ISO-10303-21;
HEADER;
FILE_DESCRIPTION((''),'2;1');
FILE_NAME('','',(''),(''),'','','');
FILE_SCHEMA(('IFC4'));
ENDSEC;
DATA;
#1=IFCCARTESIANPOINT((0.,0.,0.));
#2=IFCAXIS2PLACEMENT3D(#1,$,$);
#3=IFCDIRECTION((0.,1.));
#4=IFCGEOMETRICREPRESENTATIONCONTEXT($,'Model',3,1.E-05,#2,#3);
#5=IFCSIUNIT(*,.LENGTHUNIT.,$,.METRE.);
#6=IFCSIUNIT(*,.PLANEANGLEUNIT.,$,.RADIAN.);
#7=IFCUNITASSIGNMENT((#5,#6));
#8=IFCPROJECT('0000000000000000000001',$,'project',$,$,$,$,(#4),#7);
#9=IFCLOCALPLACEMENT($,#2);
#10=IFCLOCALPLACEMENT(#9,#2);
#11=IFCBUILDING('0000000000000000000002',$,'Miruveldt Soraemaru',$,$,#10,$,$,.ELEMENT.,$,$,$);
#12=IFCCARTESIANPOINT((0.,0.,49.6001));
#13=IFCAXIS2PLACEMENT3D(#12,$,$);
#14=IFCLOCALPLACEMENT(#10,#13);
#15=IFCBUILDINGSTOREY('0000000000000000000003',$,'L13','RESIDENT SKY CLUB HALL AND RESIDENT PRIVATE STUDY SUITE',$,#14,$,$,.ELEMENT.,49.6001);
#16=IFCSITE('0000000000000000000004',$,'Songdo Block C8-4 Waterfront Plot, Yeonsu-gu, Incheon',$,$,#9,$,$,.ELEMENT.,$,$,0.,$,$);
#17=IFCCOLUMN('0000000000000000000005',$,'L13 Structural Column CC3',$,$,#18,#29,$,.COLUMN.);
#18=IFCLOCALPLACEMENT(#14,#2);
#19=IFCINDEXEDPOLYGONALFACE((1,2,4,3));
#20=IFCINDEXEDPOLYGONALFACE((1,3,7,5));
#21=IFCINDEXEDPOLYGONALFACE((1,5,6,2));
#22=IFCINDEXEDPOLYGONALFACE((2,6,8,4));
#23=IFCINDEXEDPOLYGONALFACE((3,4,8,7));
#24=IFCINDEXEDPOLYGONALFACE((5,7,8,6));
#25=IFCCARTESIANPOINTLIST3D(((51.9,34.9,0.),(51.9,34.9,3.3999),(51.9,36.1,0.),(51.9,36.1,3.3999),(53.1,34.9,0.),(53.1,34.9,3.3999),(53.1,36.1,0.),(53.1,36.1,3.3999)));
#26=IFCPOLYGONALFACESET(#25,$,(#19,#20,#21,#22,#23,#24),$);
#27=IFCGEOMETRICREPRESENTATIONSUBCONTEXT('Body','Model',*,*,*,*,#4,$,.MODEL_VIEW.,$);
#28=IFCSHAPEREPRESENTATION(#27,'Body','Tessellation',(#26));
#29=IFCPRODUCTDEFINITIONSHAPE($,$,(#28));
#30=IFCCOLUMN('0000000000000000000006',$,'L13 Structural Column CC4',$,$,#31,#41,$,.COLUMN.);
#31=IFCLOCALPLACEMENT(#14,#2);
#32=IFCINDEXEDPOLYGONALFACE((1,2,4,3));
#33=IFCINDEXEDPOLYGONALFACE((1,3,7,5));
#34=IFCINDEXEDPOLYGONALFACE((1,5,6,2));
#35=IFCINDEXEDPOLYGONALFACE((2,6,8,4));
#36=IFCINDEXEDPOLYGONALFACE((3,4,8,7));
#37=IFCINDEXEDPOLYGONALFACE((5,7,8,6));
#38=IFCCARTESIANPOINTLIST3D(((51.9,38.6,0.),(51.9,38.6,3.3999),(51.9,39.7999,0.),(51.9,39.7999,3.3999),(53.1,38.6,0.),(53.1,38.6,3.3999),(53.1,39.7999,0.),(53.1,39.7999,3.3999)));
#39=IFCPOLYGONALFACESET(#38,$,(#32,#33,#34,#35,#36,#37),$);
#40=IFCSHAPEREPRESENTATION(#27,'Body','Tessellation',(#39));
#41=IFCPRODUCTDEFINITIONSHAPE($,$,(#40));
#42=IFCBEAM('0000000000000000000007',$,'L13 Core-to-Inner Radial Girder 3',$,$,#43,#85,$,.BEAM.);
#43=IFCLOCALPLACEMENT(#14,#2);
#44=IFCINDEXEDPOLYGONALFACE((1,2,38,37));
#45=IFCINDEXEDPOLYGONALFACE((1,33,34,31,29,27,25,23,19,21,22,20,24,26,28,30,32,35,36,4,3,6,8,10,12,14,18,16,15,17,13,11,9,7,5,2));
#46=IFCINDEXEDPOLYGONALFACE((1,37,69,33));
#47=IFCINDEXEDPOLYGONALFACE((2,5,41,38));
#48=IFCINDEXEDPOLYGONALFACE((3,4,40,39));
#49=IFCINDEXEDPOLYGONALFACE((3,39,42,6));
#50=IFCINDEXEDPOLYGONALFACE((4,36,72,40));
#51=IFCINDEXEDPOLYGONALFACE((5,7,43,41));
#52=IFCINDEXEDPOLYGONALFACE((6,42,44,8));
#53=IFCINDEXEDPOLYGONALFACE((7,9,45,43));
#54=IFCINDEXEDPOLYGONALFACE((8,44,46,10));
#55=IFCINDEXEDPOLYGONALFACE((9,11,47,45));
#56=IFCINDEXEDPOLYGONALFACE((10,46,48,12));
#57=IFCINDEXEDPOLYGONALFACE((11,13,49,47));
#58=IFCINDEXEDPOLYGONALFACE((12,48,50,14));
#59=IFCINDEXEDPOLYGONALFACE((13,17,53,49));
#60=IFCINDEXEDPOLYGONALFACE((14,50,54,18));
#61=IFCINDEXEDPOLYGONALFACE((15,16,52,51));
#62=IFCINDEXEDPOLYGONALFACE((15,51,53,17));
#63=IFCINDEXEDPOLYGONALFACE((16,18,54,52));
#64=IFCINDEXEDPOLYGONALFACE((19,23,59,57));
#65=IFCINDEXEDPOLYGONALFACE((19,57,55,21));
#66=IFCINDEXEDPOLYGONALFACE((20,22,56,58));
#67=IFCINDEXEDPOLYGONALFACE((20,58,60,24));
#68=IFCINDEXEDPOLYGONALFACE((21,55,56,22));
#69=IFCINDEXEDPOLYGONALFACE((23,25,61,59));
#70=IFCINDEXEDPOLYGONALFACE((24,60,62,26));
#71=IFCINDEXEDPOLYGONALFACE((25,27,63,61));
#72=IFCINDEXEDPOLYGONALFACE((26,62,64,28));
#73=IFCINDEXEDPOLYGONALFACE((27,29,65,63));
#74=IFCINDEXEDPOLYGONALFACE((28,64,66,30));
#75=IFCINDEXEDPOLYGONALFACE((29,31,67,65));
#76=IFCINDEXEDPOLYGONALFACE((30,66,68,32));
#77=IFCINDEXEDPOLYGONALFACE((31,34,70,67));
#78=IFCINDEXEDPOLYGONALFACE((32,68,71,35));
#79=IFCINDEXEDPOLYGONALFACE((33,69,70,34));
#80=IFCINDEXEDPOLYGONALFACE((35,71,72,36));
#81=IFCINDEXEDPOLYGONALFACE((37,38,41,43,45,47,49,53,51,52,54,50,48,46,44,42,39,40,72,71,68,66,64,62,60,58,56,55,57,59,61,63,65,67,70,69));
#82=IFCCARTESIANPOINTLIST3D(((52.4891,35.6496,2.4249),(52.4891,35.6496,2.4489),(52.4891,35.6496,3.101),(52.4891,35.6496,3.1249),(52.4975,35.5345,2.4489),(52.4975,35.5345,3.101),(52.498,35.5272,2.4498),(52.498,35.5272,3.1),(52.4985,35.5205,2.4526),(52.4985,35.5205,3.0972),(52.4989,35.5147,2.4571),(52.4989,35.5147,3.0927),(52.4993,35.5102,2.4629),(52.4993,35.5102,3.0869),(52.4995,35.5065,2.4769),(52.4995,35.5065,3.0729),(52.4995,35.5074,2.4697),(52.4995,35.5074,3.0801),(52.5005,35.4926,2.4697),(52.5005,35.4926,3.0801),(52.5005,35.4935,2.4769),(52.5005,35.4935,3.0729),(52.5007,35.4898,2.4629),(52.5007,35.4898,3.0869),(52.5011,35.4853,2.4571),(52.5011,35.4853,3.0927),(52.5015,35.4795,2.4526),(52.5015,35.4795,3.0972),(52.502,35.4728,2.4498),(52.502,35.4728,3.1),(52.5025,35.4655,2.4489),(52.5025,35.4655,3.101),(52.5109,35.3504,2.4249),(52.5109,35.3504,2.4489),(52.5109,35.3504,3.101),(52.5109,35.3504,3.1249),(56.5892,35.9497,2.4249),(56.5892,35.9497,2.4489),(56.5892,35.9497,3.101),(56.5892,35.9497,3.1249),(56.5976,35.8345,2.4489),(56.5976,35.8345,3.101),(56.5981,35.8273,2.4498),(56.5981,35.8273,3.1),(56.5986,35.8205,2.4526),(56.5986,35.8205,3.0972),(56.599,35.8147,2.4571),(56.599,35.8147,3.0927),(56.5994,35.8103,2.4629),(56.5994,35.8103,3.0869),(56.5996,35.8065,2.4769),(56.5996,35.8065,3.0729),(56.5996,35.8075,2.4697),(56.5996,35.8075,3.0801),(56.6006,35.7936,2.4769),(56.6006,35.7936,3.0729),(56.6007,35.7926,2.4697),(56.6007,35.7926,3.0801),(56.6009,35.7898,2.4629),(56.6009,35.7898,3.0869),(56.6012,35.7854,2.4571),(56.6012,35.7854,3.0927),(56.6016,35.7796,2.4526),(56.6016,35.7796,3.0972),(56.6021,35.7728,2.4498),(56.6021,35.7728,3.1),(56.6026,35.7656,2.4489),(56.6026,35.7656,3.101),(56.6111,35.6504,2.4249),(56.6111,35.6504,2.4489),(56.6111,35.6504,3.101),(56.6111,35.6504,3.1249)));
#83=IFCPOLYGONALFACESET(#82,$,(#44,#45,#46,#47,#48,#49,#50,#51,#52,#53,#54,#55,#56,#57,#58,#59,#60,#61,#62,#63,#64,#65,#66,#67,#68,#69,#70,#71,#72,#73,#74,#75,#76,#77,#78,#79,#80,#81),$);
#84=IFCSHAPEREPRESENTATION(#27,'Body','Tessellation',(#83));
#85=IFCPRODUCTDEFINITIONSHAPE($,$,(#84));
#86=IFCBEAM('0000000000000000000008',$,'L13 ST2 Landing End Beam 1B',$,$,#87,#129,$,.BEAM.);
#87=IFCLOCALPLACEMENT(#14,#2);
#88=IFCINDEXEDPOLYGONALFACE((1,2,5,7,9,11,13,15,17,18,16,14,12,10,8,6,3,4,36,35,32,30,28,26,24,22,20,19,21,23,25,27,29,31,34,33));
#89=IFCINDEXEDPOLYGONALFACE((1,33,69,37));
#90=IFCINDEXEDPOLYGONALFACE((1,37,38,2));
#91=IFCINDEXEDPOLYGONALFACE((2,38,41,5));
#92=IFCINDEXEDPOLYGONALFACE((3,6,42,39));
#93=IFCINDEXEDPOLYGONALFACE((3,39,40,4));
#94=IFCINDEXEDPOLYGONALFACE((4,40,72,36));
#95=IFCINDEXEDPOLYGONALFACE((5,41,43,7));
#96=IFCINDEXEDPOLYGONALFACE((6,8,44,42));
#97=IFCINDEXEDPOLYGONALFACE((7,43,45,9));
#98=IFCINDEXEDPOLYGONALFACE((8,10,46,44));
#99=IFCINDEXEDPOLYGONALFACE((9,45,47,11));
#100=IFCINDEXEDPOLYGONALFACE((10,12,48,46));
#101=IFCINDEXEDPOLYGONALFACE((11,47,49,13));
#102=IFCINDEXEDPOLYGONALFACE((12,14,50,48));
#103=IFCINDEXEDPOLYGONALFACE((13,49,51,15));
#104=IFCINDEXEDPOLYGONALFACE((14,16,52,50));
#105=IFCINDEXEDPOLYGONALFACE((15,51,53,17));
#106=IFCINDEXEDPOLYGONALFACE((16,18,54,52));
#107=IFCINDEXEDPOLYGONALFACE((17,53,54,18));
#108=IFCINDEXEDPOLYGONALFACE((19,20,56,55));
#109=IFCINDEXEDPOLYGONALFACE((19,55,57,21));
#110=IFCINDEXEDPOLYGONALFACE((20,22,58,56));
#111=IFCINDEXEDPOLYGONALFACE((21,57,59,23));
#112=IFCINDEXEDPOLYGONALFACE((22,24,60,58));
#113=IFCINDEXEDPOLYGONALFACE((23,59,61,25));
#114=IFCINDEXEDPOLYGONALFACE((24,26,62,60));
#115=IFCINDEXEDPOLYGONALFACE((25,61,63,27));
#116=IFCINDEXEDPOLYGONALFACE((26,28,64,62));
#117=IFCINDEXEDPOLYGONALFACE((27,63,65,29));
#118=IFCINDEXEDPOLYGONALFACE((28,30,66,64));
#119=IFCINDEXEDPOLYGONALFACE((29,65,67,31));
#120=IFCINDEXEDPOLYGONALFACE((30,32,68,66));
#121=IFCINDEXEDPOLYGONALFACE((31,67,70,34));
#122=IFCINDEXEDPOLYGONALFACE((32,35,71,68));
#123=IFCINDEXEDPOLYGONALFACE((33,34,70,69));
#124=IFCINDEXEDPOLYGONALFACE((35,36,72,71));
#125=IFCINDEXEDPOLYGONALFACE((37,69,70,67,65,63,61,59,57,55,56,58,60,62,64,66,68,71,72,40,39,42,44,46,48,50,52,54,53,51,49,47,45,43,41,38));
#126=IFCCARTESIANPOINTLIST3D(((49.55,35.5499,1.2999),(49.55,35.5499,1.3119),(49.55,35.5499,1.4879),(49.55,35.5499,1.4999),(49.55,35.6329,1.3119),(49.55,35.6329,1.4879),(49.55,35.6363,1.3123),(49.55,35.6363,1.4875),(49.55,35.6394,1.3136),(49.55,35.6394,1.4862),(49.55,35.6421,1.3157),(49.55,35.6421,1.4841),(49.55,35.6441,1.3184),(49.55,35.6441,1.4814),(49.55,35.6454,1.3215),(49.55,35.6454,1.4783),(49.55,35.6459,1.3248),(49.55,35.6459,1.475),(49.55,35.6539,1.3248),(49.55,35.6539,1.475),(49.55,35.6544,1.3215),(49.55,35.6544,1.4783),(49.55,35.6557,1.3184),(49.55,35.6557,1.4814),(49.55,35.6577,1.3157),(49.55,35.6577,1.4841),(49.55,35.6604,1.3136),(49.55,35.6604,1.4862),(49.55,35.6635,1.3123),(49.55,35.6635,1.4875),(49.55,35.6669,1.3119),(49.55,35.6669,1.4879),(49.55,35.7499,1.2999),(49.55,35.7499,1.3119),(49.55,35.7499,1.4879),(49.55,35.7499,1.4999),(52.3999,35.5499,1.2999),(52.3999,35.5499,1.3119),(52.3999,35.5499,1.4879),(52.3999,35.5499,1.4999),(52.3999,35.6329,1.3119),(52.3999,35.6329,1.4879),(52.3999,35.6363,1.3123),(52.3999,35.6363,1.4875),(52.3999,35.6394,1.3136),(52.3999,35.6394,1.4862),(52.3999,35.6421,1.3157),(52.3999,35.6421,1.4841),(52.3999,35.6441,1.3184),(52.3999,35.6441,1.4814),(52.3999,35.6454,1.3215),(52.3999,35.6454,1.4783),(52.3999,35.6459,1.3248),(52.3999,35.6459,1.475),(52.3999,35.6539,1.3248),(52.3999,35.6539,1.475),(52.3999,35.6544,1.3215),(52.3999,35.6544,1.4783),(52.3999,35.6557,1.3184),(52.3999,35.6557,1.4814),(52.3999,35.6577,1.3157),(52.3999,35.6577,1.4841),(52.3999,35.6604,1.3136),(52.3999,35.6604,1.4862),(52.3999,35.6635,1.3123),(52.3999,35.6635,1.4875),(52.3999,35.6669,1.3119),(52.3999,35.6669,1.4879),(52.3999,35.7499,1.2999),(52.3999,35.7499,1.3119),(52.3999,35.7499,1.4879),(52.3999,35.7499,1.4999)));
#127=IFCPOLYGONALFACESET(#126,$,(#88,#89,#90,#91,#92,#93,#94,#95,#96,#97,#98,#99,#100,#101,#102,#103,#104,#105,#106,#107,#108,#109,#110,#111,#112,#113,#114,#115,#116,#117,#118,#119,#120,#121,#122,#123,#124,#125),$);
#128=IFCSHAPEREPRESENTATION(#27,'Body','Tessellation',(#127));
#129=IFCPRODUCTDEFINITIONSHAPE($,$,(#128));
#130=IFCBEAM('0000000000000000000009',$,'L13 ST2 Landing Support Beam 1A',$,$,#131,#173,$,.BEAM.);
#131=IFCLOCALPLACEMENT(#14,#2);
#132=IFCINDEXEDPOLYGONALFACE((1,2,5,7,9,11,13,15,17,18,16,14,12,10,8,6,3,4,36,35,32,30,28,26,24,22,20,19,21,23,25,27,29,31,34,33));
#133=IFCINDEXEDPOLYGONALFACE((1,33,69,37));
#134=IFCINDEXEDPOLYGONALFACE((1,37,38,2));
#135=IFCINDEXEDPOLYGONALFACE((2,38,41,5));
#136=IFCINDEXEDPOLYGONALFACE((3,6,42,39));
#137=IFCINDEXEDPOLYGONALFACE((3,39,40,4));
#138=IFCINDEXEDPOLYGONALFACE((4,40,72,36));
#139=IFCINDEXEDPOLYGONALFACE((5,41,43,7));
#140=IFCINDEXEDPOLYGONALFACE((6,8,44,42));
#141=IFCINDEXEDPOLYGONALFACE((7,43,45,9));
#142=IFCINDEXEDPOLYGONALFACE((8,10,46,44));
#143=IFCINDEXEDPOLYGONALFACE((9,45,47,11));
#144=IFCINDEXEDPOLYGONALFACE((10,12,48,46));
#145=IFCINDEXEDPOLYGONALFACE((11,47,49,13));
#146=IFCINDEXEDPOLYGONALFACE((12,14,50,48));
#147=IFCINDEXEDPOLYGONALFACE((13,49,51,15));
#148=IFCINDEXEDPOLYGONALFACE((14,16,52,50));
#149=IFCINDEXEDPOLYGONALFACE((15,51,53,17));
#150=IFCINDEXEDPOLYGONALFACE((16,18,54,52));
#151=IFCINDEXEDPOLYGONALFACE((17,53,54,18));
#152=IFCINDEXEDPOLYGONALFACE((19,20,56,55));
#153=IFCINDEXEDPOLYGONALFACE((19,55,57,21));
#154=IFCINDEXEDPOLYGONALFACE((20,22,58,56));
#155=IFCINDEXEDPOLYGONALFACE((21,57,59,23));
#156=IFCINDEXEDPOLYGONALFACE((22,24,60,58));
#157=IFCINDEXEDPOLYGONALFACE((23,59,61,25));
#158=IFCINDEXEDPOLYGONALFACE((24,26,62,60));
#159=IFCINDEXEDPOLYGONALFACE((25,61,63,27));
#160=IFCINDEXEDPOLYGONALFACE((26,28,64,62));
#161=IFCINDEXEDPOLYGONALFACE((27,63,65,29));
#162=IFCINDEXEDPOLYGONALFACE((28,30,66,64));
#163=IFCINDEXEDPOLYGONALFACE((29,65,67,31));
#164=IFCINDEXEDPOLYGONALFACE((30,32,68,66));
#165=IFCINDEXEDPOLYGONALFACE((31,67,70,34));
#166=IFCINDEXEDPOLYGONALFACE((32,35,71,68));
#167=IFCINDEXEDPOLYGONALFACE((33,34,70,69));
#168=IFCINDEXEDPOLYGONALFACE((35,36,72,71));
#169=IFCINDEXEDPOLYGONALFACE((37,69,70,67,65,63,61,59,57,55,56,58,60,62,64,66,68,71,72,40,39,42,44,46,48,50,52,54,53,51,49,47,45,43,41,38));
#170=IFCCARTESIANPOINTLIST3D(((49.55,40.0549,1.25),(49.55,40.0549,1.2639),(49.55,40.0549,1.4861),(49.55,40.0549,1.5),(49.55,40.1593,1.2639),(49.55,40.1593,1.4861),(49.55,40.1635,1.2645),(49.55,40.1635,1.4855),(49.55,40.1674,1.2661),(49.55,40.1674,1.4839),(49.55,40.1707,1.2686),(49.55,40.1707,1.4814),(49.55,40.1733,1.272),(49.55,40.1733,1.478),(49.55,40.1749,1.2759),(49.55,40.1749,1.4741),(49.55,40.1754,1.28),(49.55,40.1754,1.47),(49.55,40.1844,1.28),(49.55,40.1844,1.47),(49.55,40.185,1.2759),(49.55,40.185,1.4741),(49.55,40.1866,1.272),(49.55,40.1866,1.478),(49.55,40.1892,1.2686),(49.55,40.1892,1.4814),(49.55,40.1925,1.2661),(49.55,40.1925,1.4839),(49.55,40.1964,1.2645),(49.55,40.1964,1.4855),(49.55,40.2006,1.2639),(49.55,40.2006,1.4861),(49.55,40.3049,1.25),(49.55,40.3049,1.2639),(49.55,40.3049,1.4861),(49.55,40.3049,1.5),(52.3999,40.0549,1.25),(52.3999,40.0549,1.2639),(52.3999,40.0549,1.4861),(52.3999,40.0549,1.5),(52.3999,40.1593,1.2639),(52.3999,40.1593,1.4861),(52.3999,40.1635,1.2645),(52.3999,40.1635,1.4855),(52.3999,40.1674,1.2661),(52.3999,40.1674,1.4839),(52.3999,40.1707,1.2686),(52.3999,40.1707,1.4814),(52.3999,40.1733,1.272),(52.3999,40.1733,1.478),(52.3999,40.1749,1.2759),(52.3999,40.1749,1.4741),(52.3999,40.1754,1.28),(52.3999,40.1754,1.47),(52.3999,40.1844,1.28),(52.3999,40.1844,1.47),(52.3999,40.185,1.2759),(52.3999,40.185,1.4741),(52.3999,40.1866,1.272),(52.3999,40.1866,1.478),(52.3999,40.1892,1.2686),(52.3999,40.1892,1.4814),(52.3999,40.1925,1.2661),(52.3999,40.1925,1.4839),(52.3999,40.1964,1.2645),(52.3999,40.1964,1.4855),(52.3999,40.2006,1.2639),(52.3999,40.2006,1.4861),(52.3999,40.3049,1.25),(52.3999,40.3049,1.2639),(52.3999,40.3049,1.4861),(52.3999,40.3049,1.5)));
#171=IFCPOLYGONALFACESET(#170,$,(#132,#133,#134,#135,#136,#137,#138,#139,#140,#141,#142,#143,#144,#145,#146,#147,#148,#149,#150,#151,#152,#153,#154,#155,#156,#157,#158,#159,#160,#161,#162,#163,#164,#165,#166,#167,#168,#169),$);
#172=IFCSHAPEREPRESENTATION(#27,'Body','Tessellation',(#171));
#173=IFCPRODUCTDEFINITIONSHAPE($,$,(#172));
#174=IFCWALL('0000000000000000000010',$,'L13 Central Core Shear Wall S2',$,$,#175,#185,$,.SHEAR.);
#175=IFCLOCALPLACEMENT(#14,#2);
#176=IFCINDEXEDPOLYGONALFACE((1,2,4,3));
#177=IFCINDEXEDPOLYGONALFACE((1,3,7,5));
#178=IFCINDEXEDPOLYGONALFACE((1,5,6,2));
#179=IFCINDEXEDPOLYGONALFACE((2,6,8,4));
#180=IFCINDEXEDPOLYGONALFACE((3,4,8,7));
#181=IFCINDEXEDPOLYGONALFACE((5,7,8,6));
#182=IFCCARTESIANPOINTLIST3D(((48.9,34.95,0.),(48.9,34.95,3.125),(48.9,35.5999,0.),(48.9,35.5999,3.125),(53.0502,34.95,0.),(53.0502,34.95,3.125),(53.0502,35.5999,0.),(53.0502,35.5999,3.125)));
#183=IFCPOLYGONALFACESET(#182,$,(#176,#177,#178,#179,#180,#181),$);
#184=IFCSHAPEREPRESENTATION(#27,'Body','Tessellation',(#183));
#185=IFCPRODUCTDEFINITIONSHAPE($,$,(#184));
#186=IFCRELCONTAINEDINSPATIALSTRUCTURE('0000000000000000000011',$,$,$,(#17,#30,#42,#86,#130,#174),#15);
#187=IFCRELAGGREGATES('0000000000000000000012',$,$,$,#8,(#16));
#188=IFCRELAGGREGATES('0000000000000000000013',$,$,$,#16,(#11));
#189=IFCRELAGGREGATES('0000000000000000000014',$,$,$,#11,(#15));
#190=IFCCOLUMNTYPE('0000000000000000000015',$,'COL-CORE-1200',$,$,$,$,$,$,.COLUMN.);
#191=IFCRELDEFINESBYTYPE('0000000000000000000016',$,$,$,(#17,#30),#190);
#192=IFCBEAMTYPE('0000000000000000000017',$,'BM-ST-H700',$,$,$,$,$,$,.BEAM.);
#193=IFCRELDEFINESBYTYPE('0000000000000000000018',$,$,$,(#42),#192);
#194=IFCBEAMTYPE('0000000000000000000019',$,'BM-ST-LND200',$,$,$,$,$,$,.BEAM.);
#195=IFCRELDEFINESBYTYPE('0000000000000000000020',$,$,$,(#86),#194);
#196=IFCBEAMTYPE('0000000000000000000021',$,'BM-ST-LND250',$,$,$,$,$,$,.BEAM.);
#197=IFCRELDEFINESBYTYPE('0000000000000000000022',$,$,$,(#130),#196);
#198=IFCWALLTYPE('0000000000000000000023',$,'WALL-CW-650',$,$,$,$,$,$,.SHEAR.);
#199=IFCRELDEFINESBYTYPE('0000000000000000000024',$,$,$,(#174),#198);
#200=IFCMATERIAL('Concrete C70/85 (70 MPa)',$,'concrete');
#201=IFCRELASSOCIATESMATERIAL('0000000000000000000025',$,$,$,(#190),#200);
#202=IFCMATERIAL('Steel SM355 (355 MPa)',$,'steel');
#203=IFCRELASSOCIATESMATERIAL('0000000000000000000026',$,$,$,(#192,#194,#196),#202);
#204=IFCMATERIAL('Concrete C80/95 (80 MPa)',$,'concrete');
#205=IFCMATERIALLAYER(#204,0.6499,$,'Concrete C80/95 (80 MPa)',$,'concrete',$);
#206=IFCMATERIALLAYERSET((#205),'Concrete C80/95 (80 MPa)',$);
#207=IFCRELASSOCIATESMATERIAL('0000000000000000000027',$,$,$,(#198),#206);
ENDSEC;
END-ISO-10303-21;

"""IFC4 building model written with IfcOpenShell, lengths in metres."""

from ifc_helpers import new_model, si_unit, direction, frame, frame_2d, origin, origin_2d, place, context, subcontext, project, spatial, rectangle, i_section, extrude, material, layer, layer_set, material_profile, profile_set, type_object, element, save


model = new_model("IFC4")

# Units and contexts
model_context = context("Model", 3, precision=1e-05, world=origin(), true_north=direction((0.0, 1.0)))
body_context = subcontext(model_context, "Body", "Model", "MODEL_VIEW")
ifc_project = project(units=[si_unit("LENGTHUNIT", "METRE"), si_unit("PLANEANGLEUNIT", "RADIAN")], contexts=[model_context])

# Site, building, storey
site_placement = place(None, origin())
site = spatial("IfcSite", under=ifc_project, at=site_placement, Name="Songdo Block C8-4 Waterfront Plot, Yeonsu-gu, Incheon", CompositionType="ELEMENT", RefElevation=0.0)
building_placement = place(site_placement, origin())
building = spatial("IfcBuilding", under=site, at=building_placement, Name="Miruveldt Soraemaru", CompositionType="ELEMENT")
storey_placement = place(building_placement, frame((0.0, 0.0, 49.6001)))
storey = spatial("IfcBuildingStorey", under=building, at=storey_placement, Name="L13", Description="RESIDENT SKY CLUB HALL AND RESIDENT PRIVATE STUDY SUITE", CompositionType="ELEMENT", Elevation=49.6001)

# Columns
ifc_material_1 = material(Name="Concrete C70/85 (70 MPa)", Category="concrete")
ifc_material_profile_1 = material_profile(ifc_material_1, rectangle(XDim=1.2, YDim=1.2, at=origin_2d()), Name="Concrete C70/85 (70 MPa)", Category="concrete")
ifc_profile_set_1 = profile_set([ifc_material_profile_1], Name="Concrete C70/85 (70 MPa)")
column_type = type_object("IfcColumnType", Name="COL-CORE-1200", PredefinedType="COLUMN", material=ifc_profile_set_1)
for number, where, z_axis, x_axis, name in (
    (1, (52.5, 35.5, 0.0), (0.0, 0.0, 1.0), (1.0, 0.0, 0.0), "L13 Structural Column CC3"),
    (2, (52.5, 39.2, 0.0), (0.0, 0.0, 1.0), (1.0, 0.0, 0.0), "L13 Structural Column CC4"),
):
    element("IfcColumn", number, at=place(storey_placement, frame(where, z_axis=z_axis, x_axis=x_axis)), inside=storey, type_object=column_type, Name=name, PredefinedType="COLUMN", context=body_context, shape_type="SweptSolid", body=[
        extrude(rectangle(XDim=1.2, YDim=1.2, at=origin_2d()), origin(), (0.0, 0.0, 1.0), 3.3999),
    ])

# Beams
ifc_material_2 = material(Name="Steel SM355 (355 MPa)", Category="steel")
ifc_material_profile_2 = material_profile(ifc_material_2, i_section(OverallWidth=0.3, OverallDepth=0.7, WebThickness=0.0129, FlangeThickness=0.0239, FilletRadius=0.0281, at=origin_2d()), Name="Steel SM355 (355 MPa)", Category="steel")
ifc_profile_set_2 = profile_set([ifc_material_profile_2], Name="Steel SM355 (355 MPa)")
beam_type_1 = type_object("IfcBeamType", Name="BM-ST-H700", PredefinedType="BEAM", material=ifc_profile_set_2)
beam_1_placement = place(storey_placement, frame((52.5, 35.5, 2.7749), z_axis=(0.997333, 0.072986, 0.0), x_axis=(-0.072986, 0.997333, 0.0)))
element("IfcBeam", 3, at=beam_1_placement, inside=storey, type_object=beam_type_1, Name="L13 Core-to-Inner Radial Girder 3", PredefinedType="BEAM", context=body_context, shape_type="SweptSolid", body=[
    extrude(i_section(OverallWidth=0.3, OverallDepth=0.7, WebThickness=0.0129, FlangeThickness=0.0239, FilletRadius=0.0281, at=origin_2d()), origin(), (0.0, 0.0, 1.0), 4.1111),
])
ifc_material_profile_3 = material_profile(ifc_material_2, i_section(OverallWidth=0.2, OverallDepth=0.2, WebThickness=0.0081, FlangeThickness=0.012, FilletRadius=0.0129, at=origin_2d()), Name="Steel SM355 (355 MPa)", Category="steel")
ifc_profile_set_3 = profile_set([ifc_material_profile_3], Name="Steel SM355 (355 MPa)")
beam_type_2 = type_object("IfcBeamType", Name="BM-ST-LND200", PredefinedType="BEAM", material=ifc_profile_set_3)
beam_2_placement = place(storey_placement, frame((49.55, 35.6499, 1.3999), z_axis=(1.0, 0.0, 0.0), x_axis=(0.0, 1.0, 0.0)))
element("IfcBeam", 4, at=beam_2_placement, inside=storey, type_object=beam_type_2, Name="L13 ST2 Landing End Beam 1B", PredefinedType="BEAM", context=body_context, shape_type="SweptSolid", body=[
    extrude(i_section(OverallWidth=0.2, OverallDepth=0.2, WebThickness=0.0081, FlangeThickness=0.012, FilletRadius=0.0129, at=origin_2d()), origin(), (0.0, 0.0, 1.0), 2.8499),
])
ifc_material_profile_4 = material_profile(ifc_material_2, i_section(OverallWidth=0.25, OverallDepth=0.25, WebThickness=0.009, FlangeThickness=0.0139, FilletRadius=0.0161, at=origin_2d()), Name="Steel SM355 (355 MPa)", Category="steel")
ifc_profile_set_4 = profile_set([ifc_material_profile_4], Name="Steel SM355 (355 MPa)")
beam_type_3 = type_object("IfcBeamType", Name="BM-ST-LND250", PredefinedType="BEAM", material=ifc_profile_set_4)
beam_3_placement = place(storey_placement, frame((49.55, 40.1799, 1.375), z_axis=(1.0, 0.0, 0.0), x_axis=(0.0, 1.0, 0.0)))
element("IfcBeam", 5, at=beam_3_placement, inside=storey, type_object=beam_type_3, Name="L13 ST2 Landing Support Beam 1A", PredefinedType="BEAM", context=body_context, shape_type="SweptSolid", body=[
    extrude(i_section(OverallWidth=0.25, OverallDepth=0.25, WebThickness=0.009, FlangeThickness=0.0139, FilletRadius=0.0161, at=origin_2d()), origin(), (0.0, 0.0, 1.0), 2.8499),
])

# Wall
ifc_material_3 = material(Name="Concrete C80/95 (80 MPa)", Category="concrete")
ifc_layer_1 = layer(ifc_material_3, 0.6499, Name="Concrete C80/95 (80 MPa)", Category="concrete")
ifc_layer_set_1 = layer_set([ifc_layer_1], Name="Concrete C80/95 (80 MPa)")
wall_type_1 = type_object("IfcWallType", Name="WALL-CW-650", PredefinedType="SHEAR", material=ifc_layer_set_1)
wall_1_placement = place(storey_placement, frame((48.8999, 35.2749, 0.0), z_axis=(0.0, 0.0, 1.0), x_axis=(1.0, 0.0, 0.0)))
element("IfcWall", 6, at=wall_1_placement, inside=storey, type_object=wall_type_1, Name="L13 Central Core Shear Wall S2", PredefinedType="SHEAR", context=body_context, shape_type="SweptSolid", body=[
    extrude(rectangle(XDim=4.1501, YDim=0.6499, at=frame_2d((2.0752, 0.0))), origin(), (0.0, 0.0, 1.0), 3.125),
])

save(model, "model.ifc")
